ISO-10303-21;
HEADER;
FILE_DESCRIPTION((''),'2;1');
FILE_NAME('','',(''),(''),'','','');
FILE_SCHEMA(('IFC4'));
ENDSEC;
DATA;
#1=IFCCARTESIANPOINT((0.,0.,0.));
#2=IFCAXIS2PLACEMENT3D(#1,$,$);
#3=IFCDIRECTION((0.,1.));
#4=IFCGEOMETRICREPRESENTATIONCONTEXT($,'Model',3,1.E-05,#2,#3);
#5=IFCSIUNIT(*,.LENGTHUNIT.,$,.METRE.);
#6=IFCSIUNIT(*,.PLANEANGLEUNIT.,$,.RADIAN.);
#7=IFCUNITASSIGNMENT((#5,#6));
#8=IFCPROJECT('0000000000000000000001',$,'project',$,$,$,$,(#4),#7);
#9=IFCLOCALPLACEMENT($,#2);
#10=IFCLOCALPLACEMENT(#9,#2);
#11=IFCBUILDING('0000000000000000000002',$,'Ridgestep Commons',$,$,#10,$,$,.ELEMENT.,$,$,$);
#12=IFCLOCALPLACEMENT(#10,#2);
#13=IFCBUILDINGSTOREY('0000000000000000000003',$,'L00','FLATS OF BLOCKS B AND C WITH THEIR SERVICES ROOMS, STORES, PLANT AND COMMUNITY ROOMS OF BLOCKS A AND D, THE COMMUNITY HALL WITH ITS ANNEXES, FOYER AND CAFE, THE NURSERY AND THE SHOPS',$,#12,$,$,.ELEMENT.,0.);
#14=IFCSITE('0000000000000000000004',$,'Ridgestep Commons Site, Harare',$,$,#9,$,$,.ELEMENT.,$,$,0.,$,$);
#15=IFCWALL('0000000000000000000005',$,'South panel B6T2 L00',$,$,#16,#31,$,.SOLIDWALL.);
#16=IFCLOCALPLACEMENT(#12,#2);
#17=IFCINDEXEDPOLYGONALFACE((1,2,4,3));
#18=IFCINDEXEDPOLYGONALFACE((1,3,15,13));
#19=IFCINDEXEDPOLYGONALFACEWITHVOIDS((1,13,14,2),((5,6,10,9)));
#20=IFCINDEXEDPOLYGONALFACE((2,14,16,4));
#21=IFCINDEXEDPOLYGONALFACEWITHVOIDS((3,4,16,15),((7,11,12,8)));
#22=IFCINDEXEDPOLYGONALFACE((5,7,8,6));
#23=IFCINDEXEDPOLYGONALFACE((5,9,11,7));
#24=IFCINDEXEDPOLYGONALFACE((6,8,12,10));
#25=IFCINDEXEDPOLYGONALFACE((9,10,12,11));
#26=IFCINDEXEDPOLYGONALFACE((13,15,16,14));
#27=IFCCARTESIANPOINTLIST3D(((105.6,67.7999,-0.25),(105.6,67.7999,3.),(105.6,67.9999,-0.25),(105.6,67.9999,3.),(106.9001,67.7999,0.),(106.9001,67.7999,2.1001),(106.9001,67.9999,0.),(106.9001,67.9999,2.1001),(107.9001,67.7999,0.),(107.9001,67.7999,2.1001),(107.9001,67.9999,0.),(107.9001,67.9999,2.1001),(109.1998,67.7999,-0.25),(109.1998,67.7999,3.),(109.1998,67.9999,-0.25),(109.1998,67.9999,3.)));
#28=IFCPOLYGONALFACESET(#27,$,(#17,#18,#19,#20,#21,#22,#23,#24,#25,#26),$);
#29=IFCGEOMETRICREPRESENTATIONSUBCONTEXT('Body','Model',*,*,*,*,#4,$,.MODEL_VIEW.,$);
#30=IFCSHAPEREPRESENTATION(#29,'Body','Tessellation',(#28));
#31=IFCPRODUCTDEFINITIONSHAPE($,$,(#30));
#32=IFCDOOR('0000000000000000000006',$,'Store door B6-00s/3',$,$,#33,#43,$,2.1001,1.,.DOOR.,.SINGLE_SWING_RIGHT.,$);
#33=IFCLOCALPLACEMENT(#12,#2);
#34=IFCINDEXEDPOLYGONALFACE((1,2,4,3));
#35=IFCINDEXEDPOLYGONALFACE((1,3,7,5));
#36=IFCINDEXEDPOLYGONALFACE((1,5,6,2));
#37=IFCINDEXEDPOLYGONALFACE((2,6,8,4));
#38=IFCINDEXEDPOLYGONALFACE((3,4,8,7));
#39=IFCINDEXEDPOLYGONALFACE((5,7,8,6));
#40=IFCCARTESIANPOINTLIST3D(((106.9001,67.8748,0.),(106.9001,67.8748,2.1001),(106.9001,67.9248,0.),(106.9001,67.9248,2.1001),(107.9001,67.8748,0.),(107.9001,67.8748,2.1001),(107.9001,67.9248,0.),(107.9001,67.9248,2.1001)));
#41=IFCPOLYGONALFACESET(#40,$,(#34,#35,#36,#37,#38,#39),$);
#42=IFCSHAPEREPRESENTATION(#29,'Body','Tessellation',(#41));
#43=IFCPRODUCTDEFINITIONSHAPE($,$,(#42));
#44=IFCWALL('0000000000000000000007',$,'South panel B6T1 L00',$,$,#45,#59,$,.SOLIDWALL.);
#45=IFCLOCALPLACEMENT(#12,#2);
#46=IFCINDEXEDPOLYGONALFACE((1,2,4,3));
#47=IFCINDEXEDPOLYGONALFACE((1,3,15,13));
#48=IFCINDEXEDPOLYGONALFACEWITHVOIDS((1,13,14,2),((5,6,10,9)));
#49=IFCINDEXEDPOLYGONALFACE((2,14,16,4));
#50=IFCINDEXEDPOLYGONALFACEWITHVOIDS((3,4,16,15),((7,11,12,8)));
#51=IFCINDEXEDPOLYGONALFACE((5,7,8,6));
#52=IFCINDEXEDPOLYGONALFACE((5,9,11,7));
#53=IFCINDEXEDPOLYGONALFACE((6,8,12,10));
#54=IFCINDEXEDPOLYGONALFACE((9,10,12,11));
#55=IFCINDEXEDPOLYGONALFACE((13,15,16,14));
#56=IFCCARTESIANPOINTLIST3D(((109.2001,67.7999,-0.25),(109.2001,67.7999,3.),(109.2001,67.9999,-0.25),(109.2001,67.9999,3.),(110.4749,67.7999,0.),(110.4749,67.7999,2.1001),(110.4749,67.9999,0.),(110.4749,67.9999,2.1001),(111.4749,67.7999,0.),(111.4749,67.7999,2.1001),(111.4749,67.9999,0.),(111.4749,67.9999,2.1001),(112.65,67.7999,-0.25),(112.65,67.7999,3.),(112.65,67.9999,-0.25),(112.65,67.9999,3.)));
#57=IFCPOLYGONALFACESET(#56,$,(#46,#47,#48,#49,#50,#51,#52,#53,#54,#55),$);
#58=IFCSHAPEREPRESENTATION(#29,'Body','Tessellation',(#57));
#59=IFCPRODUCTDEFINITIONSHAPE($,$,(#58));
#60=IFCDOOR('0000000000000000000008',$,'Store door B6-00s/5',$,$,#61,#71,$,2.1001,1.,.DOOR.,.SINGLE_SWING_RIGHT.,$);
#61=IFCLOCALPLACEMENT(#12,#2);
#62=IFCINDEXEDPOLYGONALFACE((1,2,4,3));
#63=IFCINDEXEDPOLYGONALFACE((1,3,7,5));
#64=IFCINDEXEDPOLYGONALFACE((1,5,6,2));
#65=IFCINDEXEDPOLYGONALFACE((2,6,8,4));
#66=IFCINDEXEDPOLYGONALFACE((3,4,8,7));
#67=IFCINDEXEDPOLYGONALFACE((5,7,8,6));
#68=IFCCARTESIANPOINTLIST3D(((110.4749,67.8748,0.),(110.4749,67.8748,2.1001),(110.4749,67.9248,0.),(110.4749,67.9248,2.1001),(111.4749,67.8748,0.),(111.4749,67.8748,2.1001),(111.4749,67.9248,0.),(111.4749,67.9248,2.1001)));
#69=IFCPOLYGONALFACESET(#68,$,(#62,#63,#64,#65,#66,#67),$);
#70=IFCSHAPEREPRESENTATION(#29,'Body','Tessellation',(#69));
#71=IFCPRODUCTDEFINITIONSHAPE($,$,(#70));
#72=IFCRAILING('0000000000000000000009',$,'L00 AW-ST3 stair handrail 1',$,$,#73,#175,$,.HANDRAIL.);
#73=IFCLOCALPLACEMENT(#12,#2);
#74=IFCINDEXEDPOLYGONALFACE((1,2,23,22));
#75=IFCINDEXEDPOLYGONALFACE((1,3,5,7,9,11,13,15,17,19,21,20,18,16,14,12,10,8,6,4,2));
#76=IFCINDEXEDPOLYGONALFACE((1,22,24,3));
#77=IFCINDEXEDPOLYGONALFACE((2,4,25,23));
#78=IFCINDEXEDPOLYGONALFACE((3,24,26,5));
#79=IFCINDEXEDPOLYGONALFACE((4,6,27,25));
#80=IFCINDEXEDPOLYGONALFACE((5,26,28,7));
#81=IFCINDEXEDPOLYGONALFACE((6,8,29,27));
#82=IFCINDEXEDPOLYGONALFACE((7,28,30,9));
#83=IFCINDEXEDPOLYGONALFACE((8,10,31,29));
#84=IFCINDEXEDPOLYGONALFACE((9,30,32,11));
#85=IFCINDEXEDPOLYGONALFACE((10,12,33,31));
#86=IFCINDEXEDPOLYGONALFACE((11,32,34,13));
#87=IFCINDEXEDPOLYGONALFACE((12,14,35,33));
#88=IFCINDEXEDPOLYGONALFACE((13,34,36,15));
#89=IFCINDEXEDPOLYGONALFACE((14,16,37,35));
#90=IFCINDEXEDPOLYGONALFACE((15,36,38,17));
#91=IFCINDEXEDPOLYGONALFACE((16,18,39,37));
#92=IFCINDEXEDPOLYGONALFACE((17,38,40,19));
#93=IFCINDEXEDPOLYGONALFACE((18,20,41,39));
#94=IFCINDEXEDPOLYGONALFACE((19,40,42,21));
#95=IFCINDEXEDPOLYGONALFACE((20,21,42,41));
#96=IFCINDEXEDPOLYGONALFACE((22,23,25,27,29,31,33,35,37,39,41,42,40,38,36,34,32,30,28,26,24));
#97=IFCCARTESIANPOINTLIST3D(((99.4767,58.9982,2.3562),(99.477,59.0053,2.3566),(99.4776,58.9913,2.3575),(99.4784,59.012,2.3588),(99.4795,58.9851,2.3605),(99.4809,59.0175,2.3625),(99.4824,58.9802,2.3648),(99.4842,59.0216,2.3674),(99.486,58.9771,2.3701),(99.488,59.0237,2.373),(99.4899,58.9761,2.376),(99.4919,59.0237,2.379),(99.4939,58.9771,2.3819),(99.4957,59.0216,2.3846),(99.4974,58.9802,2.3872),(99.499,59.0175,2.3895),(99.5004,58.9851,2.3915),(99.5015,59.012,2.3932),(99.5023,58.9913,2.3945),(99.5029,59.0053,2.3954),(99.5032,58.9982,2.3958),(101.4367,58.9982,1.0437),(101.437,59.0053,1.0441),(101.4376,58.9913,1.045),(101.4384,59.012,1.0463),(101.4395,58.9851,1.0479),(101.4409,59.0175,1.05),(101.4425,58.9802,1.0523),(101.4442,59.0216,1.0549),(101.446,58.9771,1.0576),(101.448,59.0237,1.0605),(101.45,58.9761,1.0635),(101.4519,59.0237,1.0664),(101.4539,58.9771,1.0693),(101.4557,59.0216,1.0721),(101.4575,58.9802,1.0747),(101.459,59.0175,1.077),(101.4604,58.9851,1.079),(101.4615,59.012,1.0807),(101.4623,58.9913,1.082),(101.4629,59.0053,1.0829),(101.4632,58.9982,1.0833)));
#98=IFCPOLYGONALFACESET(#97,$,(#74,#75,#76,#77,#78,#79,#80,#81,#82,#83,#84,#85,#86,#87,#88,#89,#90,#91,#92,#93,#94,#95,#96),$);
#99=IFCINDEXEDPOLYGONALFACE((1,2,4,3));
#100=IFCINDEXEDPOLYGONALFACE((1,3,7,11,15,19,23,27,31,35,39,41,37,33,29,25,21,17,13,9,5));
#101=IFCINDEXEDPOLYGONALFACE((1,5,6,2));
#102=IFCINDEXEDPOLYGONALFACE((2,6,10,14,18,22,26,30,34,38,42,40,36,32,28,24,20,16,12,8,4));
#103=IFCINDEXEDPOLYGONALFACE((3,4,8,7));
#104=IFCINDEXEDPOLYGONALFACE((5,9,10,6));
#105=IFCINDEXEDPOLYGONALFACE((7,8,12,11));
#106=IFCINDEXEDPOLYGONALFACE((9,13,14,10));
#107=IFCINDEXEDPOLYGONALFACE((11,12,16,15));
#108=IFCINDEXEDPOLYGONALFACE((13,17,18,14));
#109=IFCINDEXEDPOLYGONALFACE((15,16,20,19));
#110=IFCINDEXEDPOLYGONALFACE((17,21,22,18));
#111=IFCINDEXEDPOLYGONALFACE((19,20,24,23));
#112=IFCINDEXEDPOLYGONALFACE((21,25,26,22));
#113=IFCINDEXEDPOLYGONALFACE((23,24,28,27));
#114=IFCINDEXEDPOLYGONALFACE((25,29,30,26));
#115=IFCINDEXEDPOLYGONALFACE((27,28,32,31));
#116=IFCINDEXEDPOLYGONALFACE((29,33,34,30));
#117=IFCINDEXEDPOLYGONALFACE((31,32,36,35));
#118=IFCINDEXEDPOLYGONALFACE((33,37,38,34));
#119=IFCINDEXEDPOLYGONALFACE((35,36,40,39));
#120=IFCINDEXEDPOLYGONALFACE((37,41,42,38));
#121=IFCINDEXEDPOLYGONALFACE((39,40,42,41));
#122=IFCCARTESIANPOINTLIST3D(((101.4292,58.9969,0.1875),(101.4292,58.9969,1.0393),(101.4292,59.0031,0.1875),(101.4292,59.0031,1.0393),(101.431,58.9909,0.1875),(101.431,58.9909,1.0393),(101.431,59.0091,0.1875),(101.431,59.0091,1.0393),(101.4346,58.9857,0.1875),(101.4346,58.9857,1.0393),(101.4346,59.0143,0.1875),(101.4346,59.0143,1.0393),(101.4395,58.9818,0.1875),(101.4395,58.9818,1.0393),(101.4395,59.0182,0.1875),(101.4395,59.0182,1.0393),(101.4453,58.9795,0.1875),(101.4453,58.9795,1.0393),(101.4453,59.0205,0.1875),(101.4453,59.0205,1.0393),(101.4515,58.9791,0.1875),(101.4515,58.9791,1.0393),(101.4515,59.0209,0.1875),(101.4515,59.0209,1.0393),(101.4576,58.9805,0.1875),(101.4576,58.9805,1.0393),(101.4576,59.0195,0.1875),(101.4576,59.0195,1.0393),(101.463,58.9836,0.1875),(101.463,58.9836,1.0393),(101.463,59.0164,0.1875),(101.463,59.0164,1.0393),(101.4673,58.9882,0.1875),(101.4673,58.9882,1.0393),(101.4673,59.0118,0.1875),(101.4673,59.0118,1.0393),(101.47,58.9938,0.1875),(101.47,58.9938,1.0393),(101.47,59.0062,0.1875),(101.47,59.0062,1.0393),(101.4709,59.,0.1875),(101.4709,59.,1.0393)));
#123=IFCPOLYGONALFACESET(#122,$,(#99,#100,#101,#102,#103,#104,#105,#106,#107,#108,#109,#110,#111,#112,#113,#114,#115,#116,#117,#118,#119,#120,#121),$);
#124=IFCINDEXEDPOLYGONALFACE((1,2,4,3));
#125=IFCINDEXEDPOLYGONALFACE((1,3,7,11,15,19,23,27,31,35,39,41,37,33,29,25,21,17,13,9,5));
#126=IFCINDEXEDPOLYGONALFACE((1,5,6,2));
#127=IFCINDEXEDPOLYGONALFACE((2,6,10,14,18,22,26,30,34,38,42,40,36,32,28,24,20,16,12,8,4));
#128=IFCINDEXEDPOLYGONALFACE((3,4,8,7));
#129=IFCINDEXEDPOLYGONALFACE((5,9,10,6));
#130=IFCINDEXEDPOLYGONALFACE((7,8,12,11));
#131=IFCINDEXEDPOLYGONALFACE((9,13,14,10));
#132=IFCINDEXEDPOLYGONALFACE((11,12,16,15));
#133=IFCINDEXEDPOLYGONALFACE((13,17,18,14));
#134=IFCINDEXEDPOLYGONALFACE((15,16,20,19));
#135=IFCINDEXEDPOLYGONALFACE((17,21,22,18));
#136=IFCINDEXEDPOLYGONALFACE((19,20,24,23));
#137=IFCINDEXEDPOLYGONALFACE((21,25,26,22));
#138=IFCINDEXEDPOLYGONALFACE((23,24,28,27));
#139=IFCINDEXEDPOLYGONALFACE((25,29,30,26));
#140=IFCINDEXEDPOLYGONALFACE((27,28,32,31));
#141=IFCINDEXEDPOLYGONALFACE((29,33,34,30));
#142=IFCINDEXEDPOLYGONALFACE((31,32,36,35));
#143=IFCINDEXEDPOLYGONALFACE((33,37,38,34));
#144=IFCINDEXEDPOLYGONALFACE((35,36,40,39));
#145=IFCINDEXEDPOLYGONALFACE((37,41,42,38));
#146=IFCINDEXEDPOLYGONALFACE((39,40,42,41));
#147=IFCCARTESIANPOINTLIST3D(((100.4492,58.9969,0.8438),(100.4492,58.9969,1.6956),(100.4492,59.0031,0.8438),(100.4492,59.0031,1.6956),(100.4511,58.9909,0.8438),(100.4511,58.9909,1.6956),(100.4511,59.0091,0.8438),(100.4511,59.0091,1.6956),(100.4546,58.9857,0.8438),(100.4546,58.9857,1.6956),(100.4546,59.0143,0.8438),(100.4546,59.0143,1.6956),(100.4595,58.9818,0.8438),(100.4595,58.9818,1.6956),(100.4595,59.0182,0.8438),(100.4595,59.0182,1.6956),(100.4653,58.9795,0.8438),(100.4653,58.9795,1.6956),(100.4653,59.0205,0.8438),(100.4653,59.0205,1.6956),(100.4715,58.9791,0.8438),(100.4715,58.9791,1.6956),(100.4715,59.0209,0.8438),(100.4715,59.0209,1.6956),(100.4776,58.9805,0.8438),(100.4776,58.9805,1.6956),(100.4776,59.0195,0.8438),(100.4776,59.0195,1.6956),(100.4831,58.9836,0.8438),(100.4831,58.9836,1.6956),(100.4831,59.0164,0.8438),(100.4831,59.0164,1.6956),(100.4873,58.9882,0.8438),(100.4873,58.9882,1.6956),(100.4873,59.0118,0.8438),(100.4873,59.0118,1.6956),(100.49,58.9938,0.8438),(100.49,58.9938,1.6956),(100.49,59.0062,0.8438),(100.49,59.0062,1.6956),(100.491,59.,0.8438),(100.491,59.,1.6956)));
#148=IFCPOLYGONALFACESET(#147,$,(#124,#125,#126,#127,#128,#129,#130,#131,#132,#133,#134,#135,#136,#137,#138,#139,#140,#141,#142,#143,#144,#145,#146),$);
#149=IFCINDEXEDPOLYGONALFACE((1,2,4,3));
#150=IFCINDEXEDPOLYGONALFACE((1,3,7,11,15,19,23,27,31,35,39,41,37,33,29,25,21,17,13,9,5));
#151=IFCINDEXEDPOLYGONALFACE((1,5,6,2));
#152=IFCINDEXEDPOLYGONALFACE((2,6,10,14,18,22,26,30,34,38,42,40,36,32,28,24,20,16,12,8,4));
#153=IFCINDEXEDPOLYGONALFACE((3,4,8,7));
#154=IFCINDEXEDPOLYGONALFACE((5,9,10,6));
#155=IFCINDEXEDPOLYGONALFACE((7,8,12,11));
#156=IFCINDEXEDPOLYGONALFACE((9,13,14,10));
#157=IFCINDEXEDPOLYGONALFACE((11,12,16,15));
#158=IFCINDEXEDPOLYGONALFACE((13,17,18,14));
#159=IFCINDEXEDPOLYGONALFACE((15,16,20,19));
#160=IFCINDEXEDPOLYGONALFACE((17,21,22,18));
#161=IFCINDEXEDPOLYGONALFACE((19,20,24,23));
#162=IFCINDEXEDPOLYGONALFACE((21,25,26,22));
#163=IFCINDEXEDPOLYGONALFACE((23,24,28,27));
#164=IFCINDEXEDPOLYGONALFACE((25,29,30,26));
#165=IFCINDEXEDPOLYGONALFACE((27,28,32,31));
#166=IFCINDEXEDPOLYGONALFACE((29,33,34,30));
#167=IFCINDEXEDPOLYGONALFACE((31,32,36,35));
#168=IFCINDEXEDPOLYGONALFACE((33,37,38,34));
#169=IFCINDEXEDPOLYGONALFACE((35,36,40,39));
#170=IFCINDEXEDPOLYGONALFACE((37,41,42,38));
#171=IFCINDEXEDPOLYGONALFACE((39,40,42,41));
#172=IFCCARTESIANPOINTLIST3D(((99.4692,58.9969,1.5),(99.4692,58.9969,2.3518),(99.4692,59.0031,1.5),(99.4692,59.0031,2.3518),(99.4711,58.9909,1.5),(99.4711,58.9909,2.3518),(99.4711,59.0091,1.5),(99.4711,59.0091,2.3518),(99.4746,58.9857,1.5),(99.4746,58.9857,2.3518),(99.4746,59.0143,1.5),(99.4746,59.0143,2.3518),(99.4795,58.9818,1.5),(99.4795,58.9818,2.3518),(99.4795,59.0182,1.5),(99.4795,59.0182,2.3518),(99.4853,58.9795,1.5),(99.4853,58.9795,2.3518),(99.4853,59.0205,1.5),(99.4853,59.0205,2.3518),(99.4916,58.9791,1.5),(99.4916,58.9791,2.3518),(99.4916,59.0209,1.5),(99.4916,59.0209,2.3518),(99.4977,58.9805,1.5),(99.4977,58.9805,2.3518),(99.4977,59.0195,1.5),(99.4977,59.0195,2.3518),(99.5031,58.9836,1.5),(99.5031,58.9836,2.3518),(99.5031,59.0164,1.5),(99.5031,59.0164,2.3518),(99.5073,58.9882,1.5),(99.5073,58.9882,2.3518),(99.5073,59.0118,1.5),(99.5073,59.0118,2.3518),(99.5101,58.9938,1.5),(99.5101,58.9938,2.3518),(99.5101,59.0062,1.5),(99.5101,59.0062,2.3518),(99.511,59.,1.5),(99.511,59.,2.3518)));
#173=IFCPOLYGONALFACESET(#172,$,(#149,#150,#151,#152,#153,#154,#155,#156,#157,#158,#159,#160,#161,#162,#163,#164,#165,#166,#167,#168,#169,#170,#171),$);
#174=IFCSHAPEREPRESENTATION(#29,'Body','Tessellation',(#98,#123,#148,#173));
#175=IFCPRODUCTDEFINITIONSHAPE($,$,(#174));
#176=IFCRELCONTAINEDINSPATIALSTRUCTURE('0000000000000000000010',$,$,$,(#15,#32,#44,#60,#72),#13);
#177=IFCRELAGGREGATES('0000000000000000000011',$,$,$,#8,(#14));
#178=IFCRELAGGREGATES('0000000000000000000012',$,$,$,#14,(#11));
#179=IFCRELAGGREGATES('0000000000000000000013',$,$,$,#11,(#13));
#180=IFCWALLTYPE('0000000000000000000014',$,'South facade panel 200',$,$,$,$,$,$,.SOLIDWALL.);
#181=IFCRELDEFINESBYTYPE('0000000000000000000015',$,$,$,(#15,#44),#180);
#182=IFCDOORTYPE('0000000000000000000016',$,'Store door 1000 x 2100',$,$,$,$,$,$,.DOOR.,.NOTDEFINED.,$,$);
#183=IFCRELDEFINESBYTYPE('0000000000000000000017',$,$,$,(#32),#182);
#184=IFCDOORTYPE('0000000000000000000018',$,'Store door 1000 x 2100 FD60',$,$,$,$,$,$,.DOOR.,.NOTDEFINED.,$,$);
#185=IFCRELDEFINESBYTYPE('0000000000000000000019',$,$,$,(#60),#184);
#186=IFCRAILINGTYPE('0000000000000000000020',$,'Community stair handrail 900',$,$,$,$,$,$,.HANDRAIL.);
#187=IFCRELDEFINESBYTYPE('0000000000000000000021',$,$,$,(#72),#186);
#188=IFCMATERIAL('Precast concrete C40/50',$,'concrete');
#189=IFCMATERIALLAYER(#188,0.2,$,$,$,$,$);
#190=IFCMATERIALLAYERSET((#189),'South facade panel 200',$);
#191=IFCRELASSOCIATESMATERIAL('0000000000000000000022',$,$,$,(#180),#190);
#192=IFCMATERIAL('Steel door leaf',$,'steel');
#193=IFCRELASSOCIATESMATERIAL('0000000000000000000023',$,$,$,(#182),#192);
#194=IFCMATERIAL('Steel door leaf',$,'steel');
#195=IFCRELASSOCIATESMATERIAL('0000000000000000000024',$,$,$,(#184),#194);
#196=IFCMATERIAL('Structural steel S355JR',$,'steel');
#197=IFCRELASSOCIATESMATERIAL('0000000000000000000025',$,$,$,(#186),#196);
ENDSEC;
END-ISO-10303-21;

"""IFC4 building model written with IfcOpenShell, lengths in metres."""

from ifc_helpers import new_model, si_unit, direction, frame, frame_2d, origin, origin_2d, place, context, subcontext, project, spatial, rectangle, circle, extrude, material, layer, layer_set, type_object, element, fill, save


model = new_model("IFC4")

# Units and contexts
model_context = context("Model", 3, precision=1e-05, world=origin(), true_north=direction((0.0, 1.0)))
body_context = subcontext(model_context, "Body", "Model", "MODEL_VIEW")
ifc_project = project(units=[si_unit("LENGTHUNIT", "METRE"), si_unit("PLANEANGLEUNIT", "RADIAN")], contexts=[model_context])

# Site, building, storey
site_placement = place(None, origin())
site = spatial("IfcSite", under=ifc_project, at=site_placement, Name="Ridgestep Commons Site, Harare", CompositionType="ELEMENT", RefElevation=0.0)
building_placement = place(site_placement, origin())
building = spatial("IfcBuilding", under=site, at=building_placement, Name="Ridgestep Commons", CompositionType="ELEMENT")
storey_placement = place(building_placement, origin())
storey = spatial("IfcBuildingStorey", under=building, at=storey_placement, Name="L00", Description="FLATS OF BLOCKS B AND C WITH THEIR SERVICES ROOMS, STORES, PLANT AND COMMUNITY ROOMS OF BLOCKS A AND D, THE COMMUNITY HALL WITH ITS ANNEXES, FOYER AND CAFE, THE NURSERY AND THE SHOPS", CompositionType="ELEMENT", Elevation=0.0)

# Walls, openings, doors
ifc_material_1 = material(Name="Precast concrete C40/50", Category="concrete")
ifc_layer_1 = layer(ifc_material_1, 0.2)
ifc_layer_set_1 = layer_set([ifc_layer_1], Name="South facade panel 200")
wall_type_1 = type_object("IfcWallType", Name="South facade panel 200", PredefinedType="SOLIDWALL", material=ifc_layer_set_1)
ifc_material_2 = material(Name="Steel door leaf", Category="steel")
door_type_1 = type_object("IfcDoorType", Name="Store door 1000 x 2100", OperationType="NOTDEFINED", PredefinedType="DOOR", material=ifc_material_2)
wall_1_placement = place(storey_placement, frame((105.6001, 67.8999, -0.25), z_axis=(0.0, 0.0, 1.0), x_axis=(1.0, 0.0, 0.0)))
wall_1 = element("IfcWall", 1, at=wall_1_placement, inside=storey, type_object=wall_type_1, Name="South panel B6T2 L00", PredefinedType="SOLIDWALL", context=body_context, shape_type="SweptSolid", body=[
    extrude(rectangle(XDim=3.5999, YDim=0.2, at=frame_2d((1.7998, 0.0))), origin(), (0.0, 0.0, 1.0), 3.25),
])
opening_1_placement = place(wall_1_placement, frame((1.3, 0.0, 0.25)))
opening_1 = element("IfcOpeningElement", 2, at=opening_1_placement, cuts=wall_1, PredefinedType="OPENING", context=body_context, shape_type="SweptSolid", body=[
    extrude(rectangle(XDim=1.0, YDim=2.1001, at=frame_2d((0.5, 1.05))), frame((0.0, 0.1099, 0.0), z_axis=(0.0, -1.0, 0.0), x_axis=(1.0, 0.0, 0.0)), (0.0, 0.0, 1.0), 0.22),
])
door_1_placement = place(opening_1_placement, origin())
door_1 = element("IfcDoor", 3, at=door_1_placement, inside=storey, type_object=door_type_1, Name="Store door B6-00s/3", OperationType="SINGLE_SWING_RIGHT", OverallHeight=2.1001, OverallWidth=1.0, PredefinedType="DOOR", context=body_context, shape_type="SweptSolid", body=[
    extrude(rectangle(XDim=1.0, YDim=2.1001, at=frame_2d((0.5, 1.05))), frame((0.0, 0.0249, 0.0), z_axis=(0.0, -1.0, 0.0), x_axis=(1.0, 0.0, 0.0)), (0.0, 0.0, 1.0), 0.05),
])
fill(opening_1, door_1)
wall_2_placement = place(storey_placement, frame((109.2, 67.8999, -0.25), z_axis=(0.0, 0.0, 1.0), x_axis=(1.0, 0.0, 0.0)))
wall_2 = element("IfcWall", 4, at=wall_2_placement, inside=storey, type_object=wall_type_1, Name="South panel B6T1 L00", PredefinedType="SOLIDWALL", context=body_context, shape_type="SweptSolid", body=[
    extrude(rectangle(XDim=3.45, YDim=0.2, at=frame_2d((1.7251, 0.0))), origin(), (0.0, 0.0, 1.0), 3.25),
])
opening_2_placement = place(wall_2_placement, frame((1.2749, 0.0, 0.25)))
opening_2 = element("IfcOpeningElement", 5, at=opening_2_placement, cuts=wall_2, PredefinedType="OPENING", context=body_context, shape_type="SweptSolid", body=[
    extrude(rectangle(XDim=1.0, YDim=2.1001, at=frame_2d((0.5, 1.05))), frame((0.0, 0.1099, 0.0), z_axis=(0.0, -1.0, 0.0), x_axis=(1.0, 0.0, 0.0)), (0.0, 0.0, 1.0), 0.22),
])
ifc_material_3 = material(Name="Steel door leaf", Category="steel")
door_type_2 = type_object("IfcDoorType", Name="Store door 1000 x 2100 FD60", OperationType="NOTDEFINED", PredefinedType="DOOR", material=ifc_material_3)
door_2_placement = place(opening_2_placement, origin())
door_2 = element("IfcDoor", 6, at=door_2_placement, inside=storey, type_object=door_type_2, Name="Store door B6-00s/5", OperationType="SINGLE_SWING_RIGHT", OverallHeight=2.1001, OverallWidth=1.0, PredefinedType="DOOR", context=body_context, shape_type="SweptSolid", body=[
    extrude(rectangle(XDim=1.0, YDim=2.1001, at=frame_2d((0.5, 1.05))), frame((0.0, 0.0249, 0.0), z_axis=(0.0, -1.0, 0.0), x_axis=(1.0, 0.0, 0.0)), (0.0, 0.0, 1.0), 0.05),
])
fill(opening_2, door_2)

# Railing
ifc_material_4 = material(Name="Structural steel S355JR", Category="steel")
railing_type = type_object("IfcRailingType", Name="Community stair handrail 900", PredefinedType="HANDRAIL", material=ifc_material_4)
railing_placement = place(storey_placement, frame((101.45, 59.0, 0.1875)))
element("IfcRailing", 7, at=railing_placement, inside=storey, type_object=railing_type, Name="L00 AW-ST3 stair handrail 1", PredefinedType="HANDRAIL", context=body_context, shape_type="SweptSolid", body=[
    extrude(circle(Radius=0.0239, at=origin_2d()), frame((0.0, 0.0, 0.876), z_axis=(-0.830902, 0.0, 0.556419), x_axis=(0.0, -1.0, 0.0)), (0.0, 0.0, 1.0), 2.3589),
    extrude(circle(Radius=0.021, at=origin_2d()), origin(), (0.0, 0.0, 1.0), 0.8518),
    extrude(circle(Radius=0.021, at=origin_2d()), frame((-0.98, 0.0, 0.6562)), (0.0, 0.0, 1.0), 0.8518),
    extrude(circle(Radius=0.021, at=origin_2d()), frame((-1.96, 0.0, 1.3125)), (0.0, 0.0, 1.0), 0.8518),
])

save(model, "model.ifc")
